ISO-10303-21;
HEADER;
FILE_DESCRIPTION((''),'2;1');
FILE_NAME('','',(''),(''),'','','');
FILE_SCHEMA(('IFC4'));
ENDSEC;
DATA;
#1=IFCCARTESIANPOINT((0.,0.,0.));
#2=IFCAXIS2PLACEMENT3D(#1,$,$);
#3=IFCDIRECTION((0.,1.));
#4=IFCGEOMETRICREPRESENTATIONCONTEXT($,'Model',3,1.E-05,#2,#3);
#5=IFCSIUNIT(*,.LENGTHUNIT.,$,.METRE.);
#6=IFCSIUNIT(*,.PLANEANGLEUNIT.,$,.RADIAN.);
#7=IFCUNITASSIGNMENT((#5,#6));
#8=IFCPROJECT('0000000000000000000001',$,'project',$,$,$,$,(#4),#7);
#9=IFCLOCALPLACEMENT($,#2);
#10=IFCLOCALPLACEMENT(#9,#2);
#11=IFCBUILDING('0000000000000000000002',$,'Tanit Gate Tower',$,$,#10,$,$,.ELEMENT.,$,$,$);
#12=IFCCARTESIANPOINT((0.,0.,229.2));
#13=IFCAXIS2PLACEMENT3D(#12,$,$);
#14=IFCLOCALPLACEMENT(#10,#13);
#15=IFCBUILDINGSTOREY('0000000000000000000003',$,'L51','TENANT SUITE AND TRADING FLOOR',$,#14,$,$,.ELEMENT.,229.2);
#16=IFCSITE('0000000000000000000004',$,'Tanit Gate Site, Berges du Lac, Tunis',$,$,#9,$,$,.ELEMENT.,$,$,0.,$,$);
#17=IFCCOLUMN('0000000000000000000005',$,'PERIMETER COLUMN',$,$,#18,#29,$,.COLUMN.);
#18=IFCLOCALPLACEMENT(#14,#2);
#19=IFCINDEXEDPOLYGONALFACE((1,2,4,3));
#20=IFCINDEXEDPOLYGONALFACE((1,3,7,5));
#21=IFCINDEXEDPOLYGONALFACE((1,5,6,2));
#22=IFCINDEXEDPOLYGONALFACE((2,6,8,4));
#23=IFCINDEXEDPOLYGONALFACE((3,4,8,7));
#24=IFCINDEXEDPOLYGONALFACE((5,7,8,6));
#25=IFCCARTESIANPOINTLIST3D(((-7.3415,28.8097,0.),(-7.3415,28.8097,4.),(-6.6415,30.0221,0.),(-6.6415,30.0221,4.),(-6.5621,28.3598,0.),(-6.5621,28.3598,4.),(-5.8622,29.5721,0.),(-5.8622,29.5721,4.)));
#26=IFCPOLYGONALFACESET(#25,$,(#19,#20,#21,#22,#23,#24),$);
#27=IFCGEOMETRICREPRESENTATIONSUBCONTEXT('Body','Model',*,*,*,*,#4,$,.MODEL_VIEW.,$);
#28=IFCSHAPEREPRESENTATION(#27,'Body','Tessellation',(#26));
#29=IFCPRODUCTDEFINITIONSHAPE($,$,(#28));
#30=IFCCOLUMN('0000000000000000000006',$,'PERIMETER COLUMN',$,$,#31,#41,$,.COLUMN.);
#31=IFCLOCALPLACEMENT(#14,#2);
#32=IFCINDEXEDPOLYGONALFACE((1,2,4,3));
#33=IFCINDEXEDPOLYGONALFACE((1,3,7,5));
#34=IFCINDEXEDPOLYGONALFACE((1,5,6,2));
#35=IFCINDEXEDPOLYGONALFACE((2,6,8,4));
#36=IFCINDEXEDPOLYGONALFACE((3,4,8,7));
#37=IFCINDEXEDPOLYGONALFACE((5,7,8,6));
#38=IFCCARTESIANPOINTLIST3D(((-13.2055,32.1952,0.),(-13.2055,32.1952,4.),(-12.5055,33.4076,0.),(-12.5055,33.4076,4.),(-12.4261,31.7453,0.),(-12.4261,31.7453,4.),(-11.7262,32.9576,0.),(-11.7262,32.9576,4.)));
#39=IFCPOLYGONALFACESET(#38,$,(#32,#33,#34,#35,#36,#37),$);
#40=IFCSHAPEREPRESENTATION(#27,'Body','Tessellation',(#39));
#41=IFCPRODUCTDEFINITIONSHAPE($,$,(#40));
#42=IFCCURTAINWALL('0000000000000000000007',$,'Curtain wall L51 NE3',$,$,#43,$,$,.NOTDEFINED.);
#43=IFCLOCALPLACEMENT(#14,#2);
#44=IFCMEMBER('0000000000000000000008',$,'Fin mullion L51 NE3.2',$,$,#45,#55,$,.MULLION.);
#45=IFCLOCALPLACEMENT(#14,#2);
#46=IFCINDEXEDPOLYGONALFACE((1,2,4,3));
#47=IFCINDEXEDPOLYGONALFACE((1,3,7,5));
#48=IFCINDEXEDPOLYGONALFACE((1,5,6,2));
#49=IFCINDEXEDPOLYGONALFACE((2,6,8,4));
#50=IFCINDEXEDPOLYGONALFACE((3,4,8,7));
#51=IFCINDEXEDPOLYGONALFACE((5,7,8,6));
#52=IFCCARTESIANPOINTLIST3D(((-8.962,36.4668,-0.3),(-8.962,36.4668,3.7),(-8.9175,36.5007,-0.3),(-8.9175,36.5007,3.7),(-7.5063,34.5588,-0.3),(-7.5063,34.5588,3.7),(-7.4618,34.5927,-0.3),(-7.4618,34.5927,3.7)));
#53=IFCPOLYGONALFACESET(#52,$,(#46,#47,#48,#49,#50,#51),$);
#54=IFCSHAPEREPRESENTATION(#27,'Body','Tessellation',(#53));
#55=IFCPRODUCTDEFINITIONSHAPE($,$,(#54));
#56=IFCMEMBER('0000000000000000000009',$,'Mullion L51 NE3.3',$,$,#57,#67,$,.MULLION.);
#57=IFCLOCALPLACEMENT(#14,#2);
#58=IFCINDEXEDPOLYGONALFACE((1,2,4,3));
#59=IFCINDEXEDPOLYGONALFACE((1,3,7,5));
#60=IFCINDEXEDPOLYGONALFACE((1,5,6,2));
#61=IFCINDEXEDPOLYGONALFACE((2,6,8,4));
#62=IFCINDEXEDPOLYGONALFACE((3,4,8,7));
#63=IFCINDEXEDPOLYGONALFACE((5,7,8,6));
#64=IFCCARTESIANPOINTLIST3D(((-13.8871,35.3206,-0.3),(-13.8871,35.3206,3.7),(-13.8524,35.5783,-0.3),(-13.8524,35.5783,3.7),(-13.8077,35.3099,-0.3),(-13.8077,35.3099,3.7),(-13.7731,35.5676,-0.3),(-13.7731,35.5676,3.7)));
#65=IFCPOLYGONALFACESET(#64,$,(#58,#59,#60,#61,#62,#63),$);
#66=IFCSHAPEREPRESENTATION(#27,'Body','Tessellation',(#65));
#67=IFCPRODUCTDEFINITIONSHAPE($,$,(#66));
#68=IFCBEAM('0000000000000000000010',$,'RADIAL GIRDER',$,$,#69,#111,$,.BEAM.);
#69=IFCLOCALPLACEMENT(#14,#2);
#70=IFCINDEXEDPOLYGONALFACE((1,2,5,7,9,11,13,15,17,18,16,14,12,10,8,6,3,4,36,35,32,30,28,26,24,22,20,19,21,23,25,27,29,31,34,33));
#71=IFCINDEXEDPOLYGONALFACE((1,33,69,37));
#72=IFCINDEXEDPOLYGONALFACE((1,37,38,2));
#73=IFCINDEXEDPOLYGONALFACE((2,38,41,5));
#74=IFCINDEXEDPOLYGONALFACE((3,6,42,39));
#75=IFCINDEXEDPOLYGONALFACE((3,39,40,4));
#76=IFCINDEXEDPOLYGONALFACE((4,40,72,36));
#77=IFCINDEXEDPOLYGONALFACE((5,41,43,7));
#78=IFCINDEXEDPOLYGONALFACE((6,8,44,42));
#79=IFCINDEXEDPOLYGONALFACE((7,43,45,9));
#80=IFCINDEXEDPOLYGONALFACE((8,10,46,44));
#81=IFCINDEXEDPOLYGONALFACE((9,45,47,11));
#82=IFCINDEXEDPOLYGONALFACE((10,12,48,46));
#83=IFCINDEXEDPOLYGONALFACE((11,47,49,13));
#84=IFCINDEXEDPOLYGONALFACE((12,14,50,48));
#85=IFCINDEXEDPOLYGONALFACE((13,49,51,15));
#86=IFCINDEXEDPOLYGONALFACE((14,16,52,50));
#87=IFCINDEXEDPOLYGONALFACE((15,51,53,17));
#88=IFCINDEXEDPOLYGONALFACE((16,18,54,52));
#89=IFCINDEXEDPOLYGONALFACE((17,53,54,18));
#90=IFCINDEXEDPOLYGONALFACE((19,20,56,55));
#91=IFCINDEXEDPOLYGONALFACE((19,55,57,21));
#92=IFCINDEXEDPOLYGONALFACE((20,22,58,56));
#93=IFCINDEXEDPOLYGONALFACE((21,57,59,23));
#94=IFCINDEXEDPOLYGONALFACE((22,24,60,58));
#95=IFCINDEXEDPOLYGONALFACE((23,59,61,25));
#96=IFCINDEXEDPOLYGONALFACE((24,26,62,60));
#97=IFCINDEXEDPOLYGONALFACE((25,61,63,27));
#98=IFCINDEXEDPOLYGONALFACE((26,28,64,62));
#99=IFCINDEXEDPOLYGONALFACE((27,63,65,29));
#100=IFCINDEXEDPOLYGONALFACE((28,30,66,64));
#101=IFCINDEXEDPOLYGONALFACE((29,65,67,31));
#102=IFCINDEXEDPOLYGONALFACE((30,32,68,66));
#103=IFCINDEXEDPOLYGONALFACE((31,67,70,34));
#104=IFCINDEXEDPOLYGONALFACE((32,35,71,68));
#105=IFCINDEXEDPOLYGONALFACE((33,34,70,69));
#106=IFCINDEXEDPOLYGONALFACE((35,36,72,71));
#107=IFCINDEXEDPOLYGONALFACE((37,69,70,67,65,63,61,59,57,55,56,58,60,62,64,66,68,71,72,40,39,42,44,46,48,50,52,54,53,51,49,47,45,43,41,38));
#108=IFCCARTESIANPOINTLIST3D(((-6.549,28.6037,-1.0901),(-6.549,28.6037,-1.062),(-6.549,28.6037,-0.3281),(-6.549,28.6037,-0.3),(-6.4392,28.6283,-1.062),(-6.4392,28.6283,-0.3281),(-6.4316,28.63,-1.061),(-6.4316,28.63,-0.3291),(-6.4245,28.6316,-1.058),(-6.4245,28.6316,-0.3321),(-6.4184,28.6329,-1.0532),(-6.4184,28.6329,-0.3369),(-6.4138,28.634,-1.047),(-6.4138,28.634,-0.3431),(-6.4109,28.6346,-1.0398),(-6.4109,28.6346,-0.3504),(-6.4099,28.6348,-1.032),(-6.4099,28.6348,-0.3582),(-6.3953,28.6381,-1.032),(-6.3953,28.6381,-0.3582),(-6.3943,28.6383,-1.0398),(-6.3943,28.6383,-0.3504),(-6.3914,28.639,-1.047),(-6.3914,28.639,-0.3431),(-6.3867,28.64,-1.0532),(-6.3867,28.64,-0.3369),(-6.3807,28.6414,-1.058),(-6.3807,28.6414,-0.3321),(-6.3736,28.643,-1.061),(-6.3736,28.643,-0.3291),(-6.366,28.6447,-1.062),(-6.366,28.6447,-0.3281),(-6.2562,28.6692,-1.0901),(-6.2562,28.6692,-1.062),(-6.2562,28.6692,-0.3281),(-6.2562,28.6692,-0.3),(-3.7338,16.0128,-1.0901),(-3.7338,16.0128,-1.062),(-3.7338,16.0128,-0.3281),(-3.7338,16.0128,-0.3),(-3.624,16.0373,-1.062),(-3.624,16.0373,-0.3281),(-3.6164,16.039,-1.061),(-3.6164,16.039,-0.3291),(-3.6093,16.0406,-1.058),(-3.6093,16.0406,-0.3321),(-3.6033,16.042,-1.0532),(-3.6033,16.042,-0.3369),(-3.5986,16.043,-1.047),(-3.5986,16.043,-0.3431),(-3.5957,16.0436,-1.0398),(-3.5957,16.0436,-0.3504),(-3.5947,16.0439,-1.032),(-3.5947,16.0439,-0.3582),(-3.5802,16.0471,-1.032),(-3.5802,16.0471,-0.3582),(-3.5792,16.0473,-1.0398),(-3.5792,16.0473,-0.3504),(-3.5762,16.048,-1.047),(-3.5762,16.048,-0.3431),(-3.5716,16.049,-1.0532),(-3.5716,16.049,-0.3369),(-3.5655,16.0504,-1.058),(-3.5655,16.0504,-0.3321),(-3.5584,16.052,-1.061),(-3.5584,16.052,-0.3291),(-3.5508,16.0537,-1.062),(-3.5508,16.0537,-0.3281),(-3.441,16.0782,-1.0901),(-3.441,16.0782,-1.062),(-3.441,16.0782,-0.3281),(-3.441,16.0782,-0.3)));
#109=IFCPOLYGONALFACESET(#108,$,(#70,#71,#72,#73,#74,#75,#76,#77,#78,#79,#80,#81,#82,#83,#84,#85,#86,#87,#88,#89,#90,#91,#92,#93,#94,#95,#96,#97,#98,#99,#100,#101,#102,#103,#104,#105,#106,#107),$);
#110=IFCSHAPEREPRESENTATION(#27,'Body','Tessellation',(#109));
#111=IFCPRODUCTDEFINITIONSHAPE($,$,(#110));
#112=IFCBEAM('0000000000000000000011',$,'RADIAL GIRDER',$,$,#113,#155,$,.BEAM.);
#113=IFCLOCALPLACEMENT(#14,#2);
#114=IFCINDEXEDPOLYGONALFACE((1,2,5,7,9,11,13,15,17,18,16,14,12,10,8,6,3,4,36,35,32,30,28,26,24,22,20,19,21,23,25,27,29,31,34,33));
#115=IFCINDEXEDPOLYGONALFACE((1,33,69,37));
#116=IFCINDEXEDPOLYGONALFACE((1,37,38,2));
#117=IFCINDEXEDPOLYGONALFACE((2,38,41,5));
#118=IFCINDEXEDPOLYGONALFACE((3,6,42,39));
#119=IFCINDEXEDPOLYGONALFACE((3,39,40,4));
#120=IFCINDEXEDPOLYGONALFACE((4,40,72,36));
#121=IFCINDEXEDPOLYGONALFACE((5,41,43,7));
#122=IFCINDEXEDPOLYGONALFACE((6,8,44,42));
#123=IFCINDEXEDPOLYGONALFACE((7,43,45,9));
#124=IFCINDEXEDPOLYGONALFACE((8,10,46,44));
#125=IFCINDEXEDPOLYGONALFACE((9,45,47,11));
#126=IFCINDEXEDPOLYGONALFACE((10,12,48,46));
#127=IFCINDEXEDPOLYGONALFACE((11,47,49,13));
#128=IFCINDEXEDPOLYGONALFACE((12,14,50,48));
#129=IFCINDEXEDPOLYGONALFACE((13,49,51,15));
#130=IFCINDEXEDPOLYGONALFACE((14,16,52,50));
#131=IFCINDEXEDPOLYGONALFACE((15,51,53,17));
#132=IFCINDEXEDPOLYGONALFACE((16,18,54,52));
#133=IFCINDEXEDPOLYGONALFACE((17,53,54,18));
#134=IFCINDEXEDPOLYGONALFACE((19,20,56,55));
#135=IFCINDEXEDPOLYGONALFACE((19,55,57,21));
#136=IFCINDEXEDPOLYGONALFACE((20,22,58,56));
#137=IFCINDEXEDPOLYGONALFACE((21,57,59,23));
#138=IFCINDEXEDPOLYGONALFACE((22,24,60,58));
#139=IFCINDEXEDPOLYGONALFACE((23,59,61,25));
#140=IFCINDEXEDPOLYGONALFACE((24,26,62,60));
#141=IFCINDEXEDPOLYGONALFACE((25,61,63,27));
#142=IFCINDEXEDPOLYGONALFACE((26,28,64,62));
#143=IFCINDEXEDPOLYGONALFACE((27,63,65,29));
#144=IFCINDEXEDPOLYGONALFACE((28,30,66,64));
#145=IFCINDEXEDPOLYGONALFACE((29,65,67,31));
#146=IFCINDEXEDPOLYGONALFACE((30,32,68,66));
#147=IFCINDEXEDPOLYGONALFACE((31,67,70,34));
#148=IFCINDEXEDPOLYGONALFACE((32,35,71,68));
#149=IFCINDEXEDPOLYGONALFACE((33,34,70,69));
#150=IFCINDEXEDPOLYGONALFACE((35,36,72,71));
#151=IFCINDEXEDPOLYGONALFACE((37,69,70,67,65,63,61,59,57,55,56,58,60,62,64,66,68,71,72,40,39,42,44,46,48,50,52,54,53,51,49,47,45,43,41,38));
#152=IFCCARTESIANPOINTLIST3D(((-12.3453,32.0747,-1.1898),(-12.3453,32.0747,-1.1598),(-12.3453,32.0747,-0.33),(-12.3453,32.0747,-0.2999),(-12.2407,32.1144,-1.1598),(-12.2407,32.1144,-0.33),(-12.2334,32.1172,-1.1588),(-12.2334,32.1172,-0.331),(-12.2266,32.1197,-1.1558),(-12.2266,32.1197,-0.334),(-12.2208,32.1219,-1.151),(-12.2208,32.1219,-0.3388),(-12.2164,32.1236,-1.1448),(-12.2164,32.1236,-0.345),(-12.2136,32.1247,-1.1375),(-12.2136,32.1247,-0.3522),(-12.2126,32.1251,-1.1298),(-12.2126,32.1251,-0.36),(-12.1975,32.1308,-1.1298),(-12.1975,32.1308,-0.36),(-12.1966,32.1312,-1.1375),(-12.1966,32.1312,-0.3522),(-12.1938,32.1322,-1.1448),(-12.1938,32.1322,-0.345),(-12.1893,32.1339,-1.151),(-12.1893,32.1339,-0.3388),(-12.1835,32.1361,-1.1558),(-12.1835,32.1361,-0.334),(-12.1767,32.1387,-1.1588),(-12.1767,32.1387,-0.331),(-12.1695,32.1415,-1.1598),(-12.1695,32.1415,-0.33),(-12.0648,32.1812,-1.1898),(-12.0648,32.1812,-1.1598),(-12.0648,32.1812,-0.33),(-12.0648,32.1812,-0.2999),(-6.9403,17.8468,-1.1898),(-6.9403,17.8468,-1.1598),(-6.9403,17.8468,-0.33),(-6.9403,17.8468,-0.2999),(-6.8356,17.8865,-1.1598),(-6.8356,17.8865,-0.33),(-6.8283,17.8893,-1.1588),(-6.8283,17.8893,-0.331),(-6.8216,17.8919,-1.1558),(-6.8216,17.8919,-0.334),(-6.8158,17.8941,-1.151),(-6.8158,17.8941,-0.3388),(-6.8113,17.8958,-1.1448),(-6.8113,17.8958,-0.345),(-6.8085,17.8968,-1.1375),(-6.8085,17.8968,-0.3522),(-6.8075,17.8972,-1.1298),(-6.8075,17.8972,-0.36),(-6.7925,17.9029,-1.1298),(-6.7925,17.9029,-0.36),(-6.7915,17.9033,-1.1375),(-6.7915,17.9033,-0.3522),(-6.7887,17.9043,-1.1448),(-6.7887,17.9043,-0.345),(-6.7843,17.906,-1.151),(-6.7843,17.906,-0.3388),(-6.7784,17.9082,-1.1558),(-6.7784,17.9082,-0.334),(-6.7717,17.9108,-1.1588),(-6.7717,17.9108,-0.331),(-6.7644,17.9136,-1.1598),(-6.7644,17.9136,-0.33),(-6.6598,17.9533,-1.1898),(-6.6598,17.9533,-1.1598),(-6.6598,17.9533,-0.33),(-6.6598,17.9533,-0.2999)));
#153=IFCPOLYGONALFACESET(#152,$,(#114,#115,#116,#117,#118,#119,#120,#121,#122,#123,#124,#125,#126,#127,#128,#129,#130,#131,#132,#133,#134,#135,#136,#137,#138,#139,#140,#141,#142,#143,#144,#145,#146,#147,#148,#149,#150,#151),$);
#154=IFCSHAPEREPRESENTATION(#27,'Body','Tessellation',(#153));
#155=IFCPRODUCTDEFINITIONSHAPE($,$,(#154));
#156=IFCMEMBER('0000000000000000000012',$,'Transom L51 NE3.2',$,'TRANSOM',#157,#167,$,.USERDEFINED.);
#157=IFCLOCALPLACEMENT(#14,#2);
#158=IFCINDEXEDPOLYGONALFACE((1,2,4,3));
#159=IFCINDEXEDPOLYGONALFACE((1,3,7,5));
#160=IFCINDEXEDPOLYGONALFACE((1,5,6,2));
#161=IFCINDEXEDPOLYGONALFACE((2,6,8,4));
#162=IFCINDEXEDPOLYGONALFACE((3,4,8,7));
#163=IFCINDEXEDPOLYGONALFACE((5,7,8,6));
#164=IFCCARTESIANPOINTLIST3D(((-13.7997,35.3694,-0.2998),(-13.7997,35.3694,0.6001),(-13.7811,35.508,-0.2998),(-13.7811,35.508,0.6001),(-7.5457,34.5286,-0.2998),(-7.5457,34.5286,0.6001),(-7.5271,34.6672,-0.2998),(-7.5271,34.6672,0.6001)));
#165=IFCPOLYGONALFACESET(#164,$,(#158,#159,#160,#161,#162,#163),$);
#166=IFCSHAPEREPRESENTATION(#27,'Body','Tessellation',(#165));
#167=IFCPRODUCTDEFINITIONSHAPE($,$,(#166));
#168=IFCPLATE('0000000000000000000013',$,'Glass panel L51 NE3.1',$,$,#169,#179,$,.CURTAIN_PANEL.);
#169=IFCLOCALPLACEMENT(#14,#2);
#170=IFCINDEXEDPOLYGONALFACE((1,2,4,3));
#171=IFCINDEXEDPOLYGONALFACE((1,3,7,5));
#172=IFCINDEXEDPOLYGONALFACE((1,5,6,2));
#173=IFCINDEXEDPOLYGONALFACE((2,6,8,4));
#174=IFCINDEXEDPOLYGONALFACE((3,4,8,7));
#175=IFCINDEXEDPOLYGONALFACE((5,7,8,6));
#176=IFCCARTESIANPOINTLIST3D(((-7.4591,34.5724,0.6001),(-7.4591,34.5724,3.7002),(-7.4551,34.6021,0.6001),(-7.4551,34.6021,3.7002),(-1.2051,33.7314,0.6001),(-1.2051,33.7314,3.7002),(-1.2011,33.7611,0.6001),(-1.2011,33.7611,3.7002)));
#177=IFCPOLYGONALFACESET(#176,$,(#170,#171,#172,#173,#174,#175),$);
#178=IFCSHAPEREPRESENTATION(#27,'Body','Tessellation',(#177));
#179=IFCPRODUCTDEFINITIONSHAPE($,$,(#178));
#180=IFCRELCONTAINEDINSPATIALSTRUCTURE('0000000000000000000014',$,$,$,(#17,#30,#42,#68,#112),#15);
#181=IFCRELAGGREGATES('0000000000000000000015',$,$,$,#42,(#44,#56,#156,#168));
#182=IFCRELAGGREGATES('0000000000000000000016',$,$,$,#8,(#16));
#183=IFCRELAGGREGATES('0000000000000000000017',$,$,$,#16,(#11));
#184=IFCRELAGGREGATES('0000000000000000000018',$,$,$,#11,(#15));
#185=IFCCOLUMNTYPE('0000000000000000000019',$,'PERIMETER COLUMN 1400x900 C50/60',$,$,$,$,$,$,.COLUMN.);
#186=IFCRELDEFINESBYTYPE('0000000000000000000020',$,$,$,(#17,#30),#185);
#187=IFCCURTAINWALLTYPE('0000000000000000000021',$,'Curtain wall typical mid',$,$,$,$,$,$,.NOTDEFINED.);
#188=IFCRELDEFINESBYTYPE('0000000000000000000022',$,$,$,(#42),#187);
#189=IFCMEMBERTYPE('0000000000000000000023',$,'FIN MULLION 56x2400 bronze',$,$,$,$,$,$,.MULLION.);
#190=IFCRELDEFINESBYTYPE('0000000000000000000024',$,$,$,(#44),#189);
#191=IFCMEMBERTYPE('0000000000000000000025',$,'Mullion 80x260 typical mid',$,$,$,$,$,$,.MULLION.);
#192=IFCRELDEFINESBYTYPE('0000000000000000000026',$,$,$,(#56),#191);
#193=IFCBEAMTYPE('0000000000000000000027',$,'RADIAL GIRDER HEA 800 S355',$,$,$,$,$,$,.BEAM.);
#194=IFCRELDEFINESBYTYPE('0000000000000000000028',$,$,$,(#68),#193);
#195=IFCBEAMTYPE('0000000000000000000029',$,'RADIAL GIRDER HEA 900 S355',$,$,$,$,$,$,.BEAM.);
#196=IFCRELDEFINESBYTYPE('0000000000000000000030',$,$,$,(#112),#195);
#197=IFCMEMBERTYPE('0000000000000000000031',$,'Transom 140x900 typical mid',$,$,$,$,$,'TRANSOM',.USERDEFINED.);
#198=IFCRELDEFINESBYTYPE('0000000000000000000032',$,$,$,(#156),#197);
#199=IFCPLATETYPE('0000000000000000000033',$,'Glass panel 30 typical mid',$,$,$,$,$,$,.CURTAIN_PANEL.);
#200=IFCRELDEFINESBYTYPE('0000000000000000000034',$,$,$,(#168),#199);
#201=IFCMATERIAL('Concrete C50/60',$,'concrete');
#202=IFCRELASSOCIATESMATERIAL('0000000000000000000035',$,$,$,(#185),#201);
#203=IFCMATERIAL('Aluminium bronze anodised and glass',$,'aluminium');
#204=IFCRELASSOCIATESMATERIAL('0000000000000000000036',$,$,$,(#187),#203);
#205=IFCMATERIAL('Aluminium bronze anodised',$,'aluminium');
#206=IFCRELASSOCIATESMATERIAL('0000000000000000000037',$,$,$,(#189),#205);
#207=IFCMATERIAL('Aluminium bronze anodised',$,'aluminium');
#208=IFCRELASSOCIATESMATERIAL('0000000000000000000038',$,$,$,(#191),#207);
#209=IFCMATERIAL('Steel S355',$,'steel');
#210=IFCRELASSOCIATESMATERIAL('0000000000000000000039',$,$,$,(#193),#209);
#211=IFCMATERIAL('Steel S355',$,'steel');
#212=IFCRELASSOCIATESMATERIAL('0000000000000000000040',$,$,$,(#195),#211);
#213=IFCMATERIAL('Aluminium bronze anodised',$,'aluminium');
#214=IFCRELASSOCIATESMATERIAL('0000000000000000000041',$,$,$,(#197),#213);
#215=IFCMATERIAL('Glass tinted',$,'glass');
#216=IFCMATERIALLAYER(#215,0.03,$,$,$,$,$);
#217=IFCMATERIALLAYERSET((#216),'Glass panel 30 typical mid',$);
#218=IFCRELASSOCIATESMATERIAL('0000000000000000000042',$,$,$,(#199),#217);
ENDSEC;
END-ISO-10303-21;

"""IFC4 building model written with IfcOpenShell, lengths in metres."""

from ifc_helpers import new_model, si_unit, direction, frame, origin, origin_2d, place, context, subcontext, project, spatial, rectangle, i_section, extrude, material, layer, layer_set, material_profile, profile_set, type_object, element, aggregate, save


model = new_model("IFC4")

# Units and contexts
model_context = context("Model", 3, precision=1e-05, world=origin(), true_north=direction((0.0, 1.0)))
body_context = subcontext(model_context, "Body", "Model", "MODEL_VIEW")
ifc_project = project(units=[si_unit("LENGTHUNIT", "METRE"), si_unit("PLANEANGLEUNIT", "RADIAN")], contexts=[model_context])

# Site, building, storey
site_placement = place(None, origin())
site = spatial("IfcSite", under=ifc_project, at=site_placement, Name="Tanit Gate Site, Berges du Lac, Tunis", CompositionType="ELEMENT", RefElevation=0.0)
building_placement = place(site_placement, origin())
building = spatial("IfcBuilding", under=site, at=building_placement, Name="Tanit Gate Tower", CompositionType="ELEMENT")
storey_placement = place(building_placement, frame((0.0, 0.0, 229.2)))
storey = spatial("IfcBuildingStorey", under=building, at=storey_placement, Name="L51", Description="TENANT SUITE AND TRADING FLOOR", CompositionType="ELEMENT", Elevation=229.2)

# Columns
ifc_material_1 = material(Name="Concrete C50/60", Category="concrete")
ifc_material_profile_1 = material_profile(ifc_material_1, rectangle(XDim=1.3999, YDim=0.8999, at=origin_2d()), Name="RC 1400x900")
ifc_profile_set_1 = profile_set([ifc_material_profile_1], Name="Concrete C50/60")
column_type = type_object("IfcColumnType", Name="PERIMETER COLUMN 1400x900 C50/60", PredefinedType="COLUMN", material=ifc_profile_set_1)
for number, where, z_axis, x_axis, name in (
    (1, (-6.6018, 29.1909, 0.0), (0.0, 0.0, 1.0), (0.5, 0.866025, 0.0), "PERIMETER COLUMN"),
    (2, (-12.4658, 32.5764, 0.0), (0.0, 0.0, 1.0), (0.5, 0.866025, 0.0), "PERIMETER COLUMN"),
):
    element("IfcColumn", number, at=place(storey_placement, frame(where, z_axis=z_axis, x_axis=x_axis)), inside=storey, type_object=column_type, Name=name, PredefinedType="COLUMN", context=body_context, shape_type="SweptSolid", body=[
        extrude(rectangle(XDim=1.3999, YDim=0.8999, at=origin_2d()), origin(), (0.0, 0.0, 1.0), 4.0),
    ])

# Curtain wall, members
ifc_material_2 = material(Name="Aluminium bronze anodised and glass", Category="aluminium")
curtain_wall_type = type_object("IfcCurtainWallType", Name="Curtain wall typical mid", PredefinedType="NOTDEFINED", material=ifc_material_2)
curtain_wall_placement = place(storey_placement, origin())
curtain_wall = element("IfcCurtainWall", 3, at=curtain_wall_placement, inside=storey, type_object=curtain_wall_type, Name="Curtain wall L51 NE3", PredefinedType="NOTDEFINED")
ifc_material_3 = material(Name="Aluminium bronze anodised", Category="aluminium")
ifc_material_profile_2 = material_profile(ifc_material_3, rectangle(XDim=2.3999, YDim=0.0559, at=origin_2d()), Name="56x2400 bronze fin mullion")
ifc_profile_set_2 = profile_set([ifc_material_profile_2], Name="Aluminium bronze anodised")
member_type_1 = type_object("IfcMemberType", Name="FIN MULLION 56x2400 bronze", PredefinedType="MULLION", material=ifc_profile_set_2)
member_1_placement = place(storey_placement, frame((-8.2119, 35.5298, -0.3), z_axis=(0.0, 0.0, 1.0), x_axis=(0.606564, -0.795035, 0.0)))
member_1 = element("IfcMember", 4, at=member_1_placement, type_object=member_type_1, Name="Fin mullion L51 NE3.2", PredefinedType="MULLION", context=body_context, shape_type="SweptSolid", body=[
    extrude(rectangle(XDim=2.3999, YDim=0.0559, at=origin_2d()), origin(), (0.0, 0.0, 1.0), 4.0),
])
ifc_material_4 = material(Name="Aluminium bronze anodised", Category="aluminium")
ifc_material_profile_3 = material_profile(ifc_material_4, rectangle(XDim=0.26, YDim=0.0801, at=origin_2d()), Name="80x260 bronze mullion")
ifc_profile_set_3 = profile_set([ifc_material_profile_3], Name="Aluminium bronze anodised")
member_type_2 = type_object("IfcMemberType", Name="Mullion 80x260 typical mid", PredefinedType="MULLION", material=ifc_profile_set_3)
member_2_placement = place(storey_placement, frame((-13.8301, 35.4441, -0.3), z_axis=(0.0, 0.0, 1.0), x_axis=(-0.133269, -0.99108, 0.0)))
member_2 = element("IfcMember", 5, at=member_2_placement, type_object=member_type_2, Name="Mullion L51 NE3.3", PredefinedType="MULLION", context=body_context, shape_type="SweptSolid", body=[
    extrude(rectangle(XDim=0.26, YDim=0.0801, at=origin_2d()), origin(), (0.0, 0.0, 1.0), 4.0),
])

# Beams
ifc_material_5 = material(Name="Steel S355", Category="steel")
ifc_material_profile_4 = material_profile(ifc_material_5, i_section(OverallWidth=0.3, OverallDepth=0.79, WebThickness=0.0149, FlangeThickness=0.0281, FilletRadius=0.03, at=origin_2d()), Name="HEA 800")
ifc_profile_set_4 = profile_set([ifc_material_profile_4], Name="Steel S355")
beam_type_1 = type_object("IfcBeamType", Name="RADIAL GIRDER HEA 800 S355", PredefinedType="BEAM", material=ifc_profile_set_4)
beam_1_placement = place(storey_placement, frame((-6.4026, 28.6365, -0.6951), z_axis=(0.218199, -0.975904, 0.0), x_axis=(0.975904, 0.218199, 0.0)))
element("IfcBeam", 6, at=beam_1_placement, inside=storey, type_object=beam_type_1, Name="RADIAL GIRDER", PredefinedType="BEAM", context=body_context, shape_type="SweptSolid", body=[
    extrude(i_section(OverallWidth=0.3, OverallDepth=0.79, WebThickness=0.0149, FlangeThickness=0.0281, FilletRadius=0.03, at=origin_2d()), origin(), (0.0, 0.0, 1.0), 12.9019),
])
ifc_material_6 = material(Name="Steel S355", Category="steel")
ifc_material_profile_5 = material_profile(ifc_material_6, i_section(OverallWidth=0.3, OverallDepth=0.8899, WebThickness=0.0161, FlangeThickness=0.03, FilletRadius=0.03, at=origin_2d()), Name="HEA 900")
ifc_profile_set_5 = profile_set([ifc_material_profile_5], Name="Steel S355")
beam_type_2 = type_object("IfcBeamType", Name="RADIAL GIRDER HEA 900 S355", PredefinedType="BEAM", material=ifc_profile_set_5)
beam_2_placement = place(storey_placement, frame((-12.2051, 32.1279, -0.7449), z_axis=(0.35513, -0.934817, 0.0), x_axis=(0.934817, 0.35513, 0.0)))
element("IfcBeam", 7, at=beam_2_placement, inside=storey, type_object=beam_type_2, Name="RADIAL GIRDER", PredefinedType="BEAM", context=body_context, shape_type="SweptSolid", body=[
    extrude(i_section(OverallWidth=0.3, OverallDepth=0.8899, WebThickness=0.0161, FlangeThickness=0.03, FilletRadius=0.03, at=origin_2d()), origin(), (0.0, 0.0, 1.0), 15.22),
])

# Member
ifc_material_7 = material(Name="Aluminium bronze anodised", Category="aluminium")
ifc_material_profile_6 = material_profile(ifc_material_7, rectangle(XDim=0.1399, YDim=0.8999, at=origin_2d()), Name="140x900 bronze transom")
ifc_profile_set_6 = profile_set([ifc_material_profile_6], Name="Aluminium bronze anodised")
member_type_3 = type_object("IfcMemberType", Name="Transom 140x900 typical mid", ElementType="TRANSOM", PredefinedType="USERDEFINED", material=ifc_profile_set_6)
member_3_placement = place(storey_placement, frame((-7.5364, 34.5979, 0.1501), z_axis=(-0.991083, 0.133243, 0.0), x_axis=(-0.133243, -0.991083, 0.0)))
member_3 = element("IfcMember", 8, at=member_3_placement, type_object=member_type_3, Name="Transom L51 NE3.2", ObjectType="TRANSOM", PredefinedType="USERDEFINED", context=body_context, shape_type="SweptSolid", body=[
    extrude(rectangle(XDim=0.1399, YDim=0.8999, at=origin_2d()), origin(), (0.0, 0.0, 1.0), 6.3103),
])

# Plate
ifc_material_8 = material(Name="Glass tinted", Category="glass")
ifc_layer_1 = layer(ifc_material_8, 0.03)
ifc_layer_set_1 = layer_set([ifc_layer_1], Name="Glass panel 30 typical mid")
plate_type = type_object("IfcPlateType", Name="Glass panel 30 typical mid", PredefinedType="CURTAIN_PANEL", material=ifc_layer_set_1)
plate_1_placement = place(storey_placement, frame((-4.3301, 34.1667, 0.6001), z_axis=(0.0, 0.0, 1.0), x_axis=(-0.99108, 0.133269, 0.0)))
plate_1 = element("IfcPlate", 9, at=plate_1_placement, type_object=plate_type, Name="Glass panel L51 NE3.1", PredefinedType="CURTAIN_PANEL", context=body_context, shape_type="SweptSolid", body=[
    extrude(rectangle(XDim=6.3103, YDim=0.03, at=origin_2d()), origin(), (0.0, 0.0, 1.0), 3.1001),
])
aggregate(curtain_wall, [member_1, member_2, member_3, plate_1])

save(model, "model.ifc")
